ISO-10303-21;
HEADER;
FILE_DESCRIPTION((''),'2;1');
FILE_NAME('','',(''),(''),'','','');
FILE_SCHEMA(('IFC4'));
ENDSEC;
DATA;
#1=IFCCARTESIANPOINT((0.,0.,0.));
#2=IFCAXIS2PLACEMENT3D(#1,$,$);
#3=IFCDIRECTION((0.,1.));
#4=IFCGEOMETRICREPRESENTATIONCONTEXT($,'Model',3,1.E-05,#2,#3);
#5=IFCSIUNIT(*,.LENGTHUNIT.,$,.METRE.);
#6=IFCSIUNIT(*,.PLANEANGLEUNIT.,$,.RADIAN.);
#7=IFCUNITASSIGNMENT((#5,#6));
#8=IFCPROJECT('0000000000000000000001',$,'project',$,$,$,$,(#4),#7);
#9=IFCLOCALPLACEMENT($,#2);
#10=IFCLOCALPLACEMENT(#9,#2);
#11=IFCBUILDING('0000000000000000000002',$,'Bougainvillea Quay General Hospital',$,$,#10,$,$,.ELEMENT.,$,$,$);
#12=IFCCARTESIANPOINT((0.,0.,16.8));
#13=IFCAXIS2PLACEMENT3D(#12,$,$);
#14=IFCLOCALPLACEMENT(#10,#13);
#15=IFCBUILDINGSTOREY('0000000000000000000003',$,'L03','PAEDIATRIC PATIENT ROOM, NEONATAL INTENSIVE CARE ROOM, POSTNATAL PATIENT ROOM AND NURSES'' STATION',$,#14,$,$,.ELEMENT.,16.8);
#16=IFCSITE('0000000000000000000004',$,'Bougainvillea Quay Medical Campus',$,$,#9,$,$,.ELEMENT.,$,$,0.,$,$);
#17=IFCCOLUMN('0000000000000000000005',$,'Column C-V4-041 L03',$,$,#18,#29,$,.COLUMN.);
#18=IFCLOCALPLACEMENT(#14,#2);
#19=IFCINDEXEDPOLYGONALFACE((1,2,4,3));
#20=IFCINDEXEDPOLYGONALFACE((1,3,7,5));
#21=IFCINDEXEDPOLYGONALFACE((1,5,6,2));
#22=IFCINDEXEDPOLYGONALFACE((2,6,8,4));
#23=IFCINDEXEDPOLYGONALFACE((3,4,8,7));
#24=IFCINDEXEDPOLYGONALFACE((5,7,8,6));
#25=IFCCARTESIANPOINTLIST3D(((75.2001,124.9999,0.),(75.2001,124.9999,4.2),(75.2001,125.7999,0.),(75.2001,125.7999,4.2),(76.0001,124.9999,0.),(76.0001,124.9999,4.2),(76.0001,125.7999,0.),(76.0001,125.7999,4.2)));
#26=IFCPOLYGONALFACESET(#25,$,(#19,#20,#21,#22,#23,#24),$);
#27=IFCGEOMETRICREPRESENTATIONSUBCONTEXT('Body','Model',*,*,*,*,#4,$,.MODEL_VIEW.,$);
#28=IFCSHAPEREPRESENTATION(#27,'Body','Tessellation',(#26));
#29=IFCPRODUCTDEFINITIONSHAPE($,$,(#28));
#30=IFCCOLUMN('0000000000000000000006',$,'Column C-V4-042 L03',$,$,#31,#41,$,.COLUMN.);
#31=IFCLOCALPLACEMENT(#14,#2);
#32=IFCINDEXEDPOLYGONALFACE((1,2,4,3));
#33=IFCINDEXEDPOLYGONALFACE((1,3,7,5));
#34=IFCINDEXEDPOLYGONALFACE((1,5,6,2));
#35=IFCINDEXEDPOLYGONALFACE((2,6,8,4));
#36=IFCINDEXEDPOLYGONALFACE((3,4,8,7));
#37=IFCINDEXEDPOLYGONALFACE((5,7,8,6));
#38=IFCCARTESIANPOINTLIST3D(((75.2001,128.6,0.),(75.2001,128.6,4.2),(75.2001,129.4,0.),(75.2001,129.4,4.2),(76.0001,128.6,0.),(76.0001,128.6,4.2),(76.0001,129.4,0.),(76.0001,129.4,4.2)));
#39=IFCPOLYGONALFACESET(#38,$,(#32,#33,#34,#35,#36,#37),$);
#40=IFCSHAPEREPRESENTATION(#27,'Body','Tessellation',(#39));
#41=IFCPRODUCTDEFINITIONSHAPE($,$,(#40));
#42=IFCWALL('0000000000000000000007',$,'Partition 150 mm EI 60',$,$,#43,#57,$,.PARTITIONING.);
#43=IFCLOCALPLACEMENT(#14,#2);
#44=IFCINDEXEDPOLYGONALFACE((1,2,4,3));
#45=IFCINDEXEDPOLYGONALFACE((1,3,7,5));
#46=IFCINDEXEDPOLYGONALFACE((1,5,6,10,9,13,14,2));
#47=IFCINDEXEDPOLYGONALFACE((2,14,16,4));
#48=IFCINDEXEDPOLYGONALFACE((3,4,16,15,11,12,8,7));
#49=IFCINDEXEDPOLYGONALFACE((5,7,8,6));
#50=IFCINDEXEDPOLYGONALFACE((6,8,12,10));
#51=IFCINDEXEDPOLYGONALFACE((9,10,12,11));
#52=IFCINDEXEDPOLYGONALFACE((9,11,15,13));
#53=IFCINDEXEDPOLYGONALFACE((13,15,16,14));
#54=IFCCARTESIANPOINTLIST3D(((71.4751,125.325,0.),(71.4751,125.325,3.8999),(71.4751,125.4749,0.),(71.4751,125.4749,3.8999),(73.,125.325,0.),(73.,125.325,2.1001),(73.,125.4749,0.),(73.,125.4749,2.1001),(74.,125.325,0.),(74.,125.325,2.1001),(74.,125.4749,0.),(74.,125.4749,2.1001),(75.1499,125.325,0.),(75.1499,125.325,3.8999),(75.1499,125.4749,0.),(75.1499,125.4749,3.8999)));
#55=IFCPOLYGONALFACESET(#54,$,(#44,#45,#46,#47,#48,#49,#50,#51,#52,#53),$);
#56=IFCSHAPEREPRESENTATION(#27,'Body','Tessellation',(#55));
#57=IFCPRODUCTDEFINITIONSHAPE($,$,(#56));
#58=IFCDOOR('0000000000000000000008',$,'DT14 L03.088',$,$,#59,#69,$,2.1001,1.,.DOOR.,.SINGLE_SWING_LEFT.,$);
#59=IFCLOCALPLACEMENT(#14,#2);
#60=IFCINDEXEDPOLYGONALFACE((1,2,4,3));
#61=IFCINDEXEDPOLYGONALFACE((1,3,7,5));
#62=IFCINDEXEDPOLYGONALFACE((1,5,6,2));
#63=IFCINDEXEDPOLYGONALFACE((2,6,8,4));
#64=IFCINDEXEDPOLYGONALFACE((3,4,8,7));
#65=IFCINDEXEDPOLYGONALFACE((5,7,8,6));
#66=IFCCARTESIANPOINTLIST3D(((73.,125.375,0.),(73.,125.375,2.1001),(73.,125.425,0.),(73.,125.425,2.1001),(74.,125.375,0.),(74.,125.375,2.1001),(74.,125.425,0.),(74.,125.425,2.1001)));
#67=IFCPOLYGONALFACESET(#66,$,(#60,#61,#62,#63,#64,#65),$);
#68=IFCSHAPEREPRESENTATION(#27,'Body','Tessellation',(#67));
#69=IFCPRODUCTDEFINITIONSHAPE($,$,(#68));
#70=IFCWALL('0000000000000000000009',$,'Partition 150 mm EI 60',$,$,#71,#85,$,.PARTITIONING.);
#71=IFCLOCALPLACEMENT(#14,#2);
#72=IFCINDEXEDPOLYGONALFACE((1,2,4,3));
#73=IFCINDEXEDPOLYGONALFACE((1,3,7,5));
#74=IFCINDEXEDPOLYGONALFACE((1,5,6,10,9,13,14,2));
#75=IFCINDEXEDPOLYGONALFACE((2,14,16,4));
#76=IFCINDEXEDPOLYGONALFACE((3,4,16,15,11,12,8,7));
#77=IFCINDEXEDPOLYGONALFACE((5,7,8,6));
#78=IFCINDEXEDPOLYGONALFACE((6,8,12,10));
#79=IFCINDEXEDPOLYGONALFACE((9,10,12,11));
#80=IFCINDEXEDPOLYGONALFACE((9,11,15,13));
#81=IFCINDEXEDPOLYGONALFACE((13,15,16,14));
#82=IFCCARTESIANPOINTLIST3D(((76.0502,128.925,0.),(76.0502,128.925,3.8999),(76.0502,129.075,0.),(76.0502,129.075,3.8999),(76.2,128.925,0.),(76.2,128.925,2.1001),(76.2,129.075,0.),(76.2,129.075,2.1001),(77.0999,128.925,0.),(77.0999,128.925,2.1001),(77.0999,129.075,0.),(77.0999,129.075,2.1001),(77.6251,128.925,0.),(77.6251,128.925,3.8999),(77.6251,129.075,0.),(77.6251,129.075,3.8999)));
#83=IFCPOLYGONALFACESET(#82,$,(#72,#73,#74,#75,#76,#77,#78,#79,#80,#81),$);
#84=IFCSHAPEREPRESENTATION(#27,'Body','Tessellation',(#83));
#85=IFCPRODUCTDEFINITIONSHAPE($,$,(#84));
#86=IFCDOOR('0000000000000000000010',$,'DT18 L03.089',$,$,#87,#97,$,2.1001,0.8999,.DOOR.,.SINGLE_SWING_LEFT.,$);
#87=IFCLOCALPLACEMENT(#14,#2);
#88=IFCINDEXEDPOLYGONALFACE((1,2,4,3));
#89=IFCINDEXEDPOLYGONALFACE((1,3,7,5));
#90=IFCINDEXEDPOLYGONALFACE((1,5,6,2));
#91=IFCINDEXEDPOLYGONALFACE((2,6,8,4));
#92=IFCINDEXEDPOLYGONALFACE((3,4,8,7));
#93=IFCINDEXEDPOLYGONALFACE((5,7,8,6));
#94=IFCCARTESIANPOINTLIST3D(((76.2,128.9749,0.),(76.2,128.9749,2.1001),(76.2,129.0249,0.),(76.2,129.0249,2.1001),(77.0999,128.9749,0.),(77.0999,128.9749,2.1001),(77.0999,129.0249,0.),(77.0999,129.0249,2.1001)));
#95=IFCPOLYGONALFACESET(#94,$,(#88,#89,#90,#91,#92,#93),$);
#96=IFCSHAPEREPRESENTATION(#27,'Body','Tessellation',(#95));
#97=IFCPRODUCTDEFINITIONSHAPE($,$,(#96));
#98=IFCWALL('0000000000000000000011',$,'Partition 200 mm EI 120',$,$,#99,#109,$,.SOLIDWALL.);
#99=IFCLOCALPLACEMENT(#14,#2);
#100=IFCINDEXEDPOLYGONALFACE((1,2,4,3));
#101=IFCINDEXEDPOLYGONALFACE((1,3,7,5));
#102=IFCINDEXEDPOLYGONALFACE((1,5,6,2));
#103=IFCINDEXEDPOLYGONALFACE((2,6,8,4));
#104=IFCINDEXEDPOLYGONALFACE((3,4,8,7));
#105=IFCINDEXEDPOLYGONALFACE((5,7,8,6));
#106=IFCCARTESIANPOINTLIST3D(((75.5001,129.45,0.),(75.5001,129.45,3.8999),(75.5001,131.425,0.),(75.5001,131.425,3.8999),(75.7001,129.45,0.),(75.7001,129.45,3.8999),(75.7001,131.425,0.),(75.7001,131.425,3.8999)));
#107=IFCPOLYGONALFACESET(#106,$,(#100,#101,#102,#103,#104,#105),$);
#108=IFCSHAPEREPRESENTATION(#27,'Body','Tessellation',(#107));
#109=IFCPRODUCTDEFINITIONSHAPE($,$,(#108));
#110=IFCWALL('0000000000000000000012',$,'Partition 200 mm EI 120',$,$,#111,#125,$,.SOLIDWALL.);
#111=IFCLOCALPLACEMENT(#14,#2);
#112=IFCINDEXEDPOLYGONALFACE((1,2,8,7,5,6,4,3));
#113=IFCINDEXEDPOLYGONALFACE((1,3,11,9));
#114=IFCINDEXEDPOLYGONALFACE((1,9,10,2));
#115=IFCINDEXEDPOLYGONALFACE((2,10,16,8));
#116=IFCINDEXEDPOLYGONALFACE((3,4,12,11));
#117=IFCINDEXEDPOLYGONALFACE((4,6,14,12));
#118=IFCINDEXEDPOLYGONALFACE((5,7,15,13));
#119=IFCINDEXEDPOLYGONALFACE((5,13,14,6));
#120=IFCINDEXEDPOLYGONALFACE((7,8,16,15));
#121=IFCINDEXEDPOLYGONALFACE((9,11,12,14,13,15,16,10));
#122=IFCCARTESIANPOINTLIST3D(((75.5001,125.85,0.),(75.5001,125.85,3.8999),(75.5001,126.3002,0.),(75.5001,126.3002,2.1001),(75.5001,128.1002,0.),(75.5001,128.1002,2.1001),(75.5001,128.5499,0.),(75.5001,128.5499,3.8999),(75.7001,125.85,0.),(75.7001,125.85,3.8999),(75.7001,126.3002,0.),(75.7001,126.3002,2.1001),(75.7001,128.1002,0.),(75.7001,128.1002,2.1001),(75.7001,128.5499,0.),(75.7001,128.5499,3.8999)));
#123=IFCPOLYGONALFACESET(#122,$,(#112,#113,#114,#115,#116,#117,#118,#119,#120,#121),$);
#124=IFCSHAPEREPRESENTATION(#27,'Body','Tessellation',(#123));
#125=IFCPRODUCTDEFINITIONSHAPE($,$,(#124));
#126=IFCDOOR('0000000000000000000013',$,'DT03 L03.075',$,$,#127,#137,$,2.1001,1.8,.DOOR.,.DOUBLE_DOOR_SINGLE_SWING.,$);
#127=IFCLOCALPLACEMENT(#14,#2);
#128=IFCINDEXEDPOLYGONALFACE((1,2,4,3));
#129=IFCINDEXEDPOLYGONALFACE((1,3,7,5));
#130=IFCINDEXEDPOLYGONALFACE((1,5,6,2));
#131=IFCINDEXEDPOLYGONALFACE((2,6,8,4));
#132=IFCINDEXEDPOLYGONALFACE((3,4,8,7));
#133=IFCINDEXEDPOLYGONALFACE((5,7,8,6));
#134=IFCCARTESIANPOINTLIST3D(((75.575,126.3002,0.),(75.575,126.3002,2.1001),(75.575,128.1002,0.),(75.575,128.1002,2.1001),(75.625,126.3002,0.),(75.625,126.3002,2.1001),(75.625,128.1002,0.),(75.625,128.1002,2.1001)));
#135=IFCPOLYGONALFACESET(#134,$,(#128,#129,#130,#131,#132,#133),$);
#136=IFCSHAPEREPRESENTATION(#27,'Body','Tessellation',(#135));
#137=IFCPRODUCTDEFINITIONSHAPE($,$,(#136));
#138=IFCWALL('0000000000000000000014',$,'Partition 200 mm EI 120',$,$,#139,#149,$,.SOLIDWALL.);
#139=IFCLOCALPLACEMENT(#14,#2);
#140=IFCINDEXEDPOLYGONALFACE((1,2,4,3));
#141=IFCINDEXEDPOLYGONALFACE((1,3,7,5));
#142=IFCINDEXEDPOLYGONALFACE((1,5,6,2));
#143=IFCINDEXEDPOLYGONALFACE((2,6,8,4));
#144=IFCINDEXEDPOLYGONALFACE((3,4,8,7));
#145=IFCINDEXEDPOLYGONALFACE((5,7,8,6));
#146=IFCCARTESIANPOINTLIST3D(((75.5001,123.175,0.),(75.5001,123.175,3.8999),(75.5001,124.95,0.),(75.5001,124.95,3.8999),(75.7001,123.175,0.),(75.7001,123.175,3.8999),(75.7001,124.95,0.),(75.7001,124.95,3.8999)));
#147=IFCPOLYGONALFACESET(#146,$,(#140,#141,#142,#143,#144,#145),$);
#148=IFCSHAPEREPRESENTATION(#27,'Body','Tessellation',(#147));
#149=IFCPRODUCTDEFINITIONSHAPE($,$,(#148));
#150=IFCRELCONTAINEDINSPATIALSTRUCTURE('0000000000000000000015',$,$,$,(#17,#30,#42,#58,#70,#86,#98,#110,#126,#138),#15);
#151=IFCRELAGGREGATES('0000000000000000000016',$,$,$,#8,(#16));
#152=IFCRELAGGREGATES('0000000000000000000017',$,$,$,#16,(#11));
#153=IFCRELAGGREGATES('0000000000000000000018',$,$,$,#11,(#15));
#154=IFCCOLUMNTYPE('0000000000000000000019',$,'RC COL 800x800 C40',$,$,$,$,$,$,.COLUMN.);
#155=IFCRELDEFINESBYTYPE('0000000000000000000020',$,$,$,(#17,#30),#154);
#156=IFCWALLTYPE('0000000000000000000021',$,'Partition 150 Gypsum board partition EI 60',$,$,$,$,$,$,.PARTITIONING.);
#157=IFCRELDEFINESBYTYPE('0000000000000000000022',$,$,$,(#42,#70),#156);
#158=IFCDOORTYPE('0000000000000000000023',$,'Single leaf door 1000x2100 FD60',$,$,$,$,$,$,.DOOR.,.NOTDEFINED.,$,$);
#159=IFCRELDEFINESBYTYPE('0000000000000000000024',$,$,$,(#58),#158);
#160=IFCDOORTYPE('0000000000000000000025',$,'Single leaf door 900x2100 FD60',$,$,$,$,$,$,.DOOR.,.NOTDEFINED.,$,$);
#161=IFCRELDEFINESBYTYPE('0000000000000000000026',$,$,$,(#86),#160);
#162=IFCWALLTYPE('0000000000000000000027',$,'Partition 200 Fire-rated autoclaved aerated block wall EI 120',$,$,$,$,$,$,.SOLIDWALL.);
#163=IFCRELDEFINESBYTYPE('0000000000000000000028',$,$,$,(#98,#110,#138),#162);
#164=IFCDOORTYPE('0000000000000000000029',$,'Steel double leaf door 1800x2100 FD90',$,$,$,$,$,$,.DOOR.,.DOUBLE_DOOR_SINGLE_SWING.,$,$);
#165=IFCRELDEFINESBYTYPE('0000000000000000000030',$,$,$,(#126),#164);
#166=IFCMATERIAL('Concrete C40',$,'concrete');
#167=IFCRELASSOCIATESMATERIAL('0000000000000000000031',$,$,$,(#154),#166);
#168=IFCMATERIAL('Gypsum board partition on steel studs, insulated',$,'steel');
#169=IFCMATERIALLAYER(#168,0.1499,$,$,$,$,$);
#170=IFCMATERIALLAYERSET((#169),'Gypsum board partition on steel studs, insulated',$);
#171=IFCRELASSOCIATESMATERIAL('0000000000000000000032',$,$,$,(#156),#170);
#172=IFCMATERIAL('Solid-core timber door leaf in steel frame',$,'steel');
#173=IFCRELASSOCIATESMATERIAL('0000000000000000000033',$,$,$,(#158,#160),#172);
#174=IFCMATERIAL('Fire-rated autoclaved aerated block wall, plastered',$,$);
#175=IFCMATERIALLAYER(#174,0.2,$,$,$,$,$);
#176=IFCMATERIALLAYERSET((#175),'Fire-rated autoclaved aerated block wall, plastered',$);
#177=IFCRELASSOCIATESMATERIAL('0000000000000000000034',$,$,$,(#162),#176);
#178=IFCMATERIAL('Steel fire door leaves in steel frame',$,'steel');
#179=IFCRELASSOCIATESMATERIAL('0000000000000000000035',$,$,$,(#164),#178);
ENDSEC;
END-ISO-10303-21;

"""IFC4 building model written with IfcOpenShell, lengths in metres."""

from ifc_helpers import new_model, si_unit, direction, frame, frame_2d, origin, origin_2d, place, context, subcontext, project, spatial, rectangle, extrude, material, layer, layer_set, material_profile, profile_set, type_object, element, fill, save


model = new_model("IFC4")

# Units and contexts
model_context = context("Model", 3, precision=1e-05, world=origin(), true_north=direction((0.0, 1.0)))
body_context = subcontext(model_context, "Body", "Model", "MODEL_VIEW")
ifc_project = project(units=[si_unit("LENGTHUNIT", "METRE"), si_unit("PLANEANGLEUNIT", "RADIAN")], contexts=[model_context])

# Site, building, storey
site_placement = place(None, origin())
site = spatial("IfcSite", under=ifc_project, at=site_placement, Name="Bougainvillea Quay Medical Campus", CompositionType="ELEMENT", RefElevation=0.0)
building_placement = place(site_placement, origin())
building = spatial("IfcBuilding", under=site, at=building_placement, Name="Bougainvillea Quay General Hospital", CompositionType="ELEMENT")
storey_placement = place(building_placement, frame((0.0, 0.0, 16.8)))
storey = spatial("IfcBuildingStorey", under=building, at=storey_placement, Name="L03", Description="PAEDIATRIC PATIENT ROOM, NEONATAL INTENSIVE CARE ROOM, POSTNATAL PATIENT ROOM AND NURSES' STATION", CompositionType="ELEMENT", Elevation=16.8)

# Columns
ifc_material_1 = material(Name="Concrete C40", Category="concrete")
ifc_material_profile_1 = material_profile(ifc_material_1, rectangle(XDim=0.8, YDim=0.8, at=origin_2d()))
ifc_profile_set_1 = profile_set([ifc_material_profile_1], Name="Concrete C40")
column_type = type_object("IfcColumnType", Name="RC COL 800x800 C40", PredefinedType="COLUMN", material=ifc_profile_set_1)
for number, where, z_axis, x_axis, name in (
    (1, (75.6001, 125.3999, 0.0), (0.0, 0.0, 1.0), (1.0, 0.0, 0.0), "Column C-V4-041 L03"),
    (2, (75.6001, 129.0, 0.0), (0.0, 0.0, 1.0), (1.0, 0.0, 0.0), "Column C-V4-042 L03"),
):
    element("IfcColumn", number, at=place(storey_placement, frame(where, z_axis=z_axis, x_axis=x_axis)), inside=storey, type_object=column_type, Name=name, PredefinedType="COLUMN", context=body_context, shape_type="SweptSolid", body=[
        extrude(rectangle(XDim=0.8, YDim=0.8, at=origin_2d()), origin(), (0.0, 0.0, 1.0), 4.2),
    ])

# Walls, openings, doors
ifc_material_2 = material(Name="Gypsum board partition on steel studs, insulated", Category="steel")
ifc_layer_1 = layer(ifc_material_2, 0.1499)
ifc_layer_set_1 = layer_set([ifc_layer_1], Name="Gypsum board partition on steel studs, insulated")
wall_type_1 = type_object("IfcWallType", Name="Partition 150 Gypsum board partition EI 60", PredefinedType="PARTITIONING", material=ifc_layer_set_1)
wall_1_placement = place(storey_placement, frame((71.4751, 125.3999, 0.0), z_axis=(0.0, 0.0, 1.0), x_axis=(1.0, 0.0, 0.0)))
wall_1 = element("IfcWall", 3, at=wall_1_placement, inside=storey, type_object=wall_type_1, Name="Partition 150 mm EI 60", PredefinedType="PARTITIONING", context=body_context, shape_type="SweptSolid", body=[
    extrude(rectangle(XDim=3.6748, YDim=0.1499, at=frame_2d((1.8374, 0.0))), origin(), (0.0, 0.0, 1.0), 3.8999),
])
opening_1_placement = place(wall_1_placement, frame((1.5249, 0.0, 0.0)))
opening_1 = element("IfcOpeningElement", 4, at=opening_1_placement, cuts=wall_1, PredefinedType="OPENING", context=body_context, shape_type="SweptSolid", body=[
    extrude(rectangle(XDim=1.0, YDim=2.1001, at=frame_2d((0.5, 1.05))), frame((0.0, 0.085, 0.0), z_axis=(0.0, -1.0, 0.0), x_axis=(1.0, 0.0, 0.0)), (0.0, 0.0, 1.0), 0.1699),
])
ifc_material_3 = material(Name="Solid-core timber door leaf in steel frame", Category="steel")
door_type_1 = type_object("IfcDoorType", Name="Single leaf door 1000x2100 FD60", OperationType="NOTDEFINED", PredefinedType="DOOR", material=ifc_material_3)
door_1_placement = place(opening_1_placement, frame((1.0, 0.0, 0.0), z_axis=(0.0, 0.0, 1.0), x_axis=(-1.0, 0.0, 0.0)))
door_1 = element("IfcDoor", 5, at=door_1_placement, inside=storey, type_object=door_type_1, Name="DT14 L03.088", OperationType="SINGLE_SWING_LEFT", OverallHeight=2.1001, OverallWidth=1.0, PredefinedType="DOOR", context=body_context, shape_type="SweptSolid", body=[
    extrude(rectangle(XDim=1.0, YDim=2.1001, at=frame_2d((0.5, 1.05))), frame((0.0, 0.0249, 0.0), z_axis=(0.0, -1.0, 0.0), x_axis=(1.0, 0.0, 0.0)), (0.0, 0.0, 1.0), 0.05),
])
fill(opening_1, door_1)
wall_2_placement = place(storey_placement, frame((76.05, 129.0, 0.0), z_axis=(0.0, 0.0, 1.0), x_axis=(1.0, 0.0, 0.0)))
wall_2 = element("IfcWall", 6, at=wall_2_placement, inside=storey, type_object=wall_type_1, Name="Partition 150 mm EI 60", PredefinedType="PARTITIONING", context=body_context, shape_type="SweptSolid", body=[
    extrude(rectangle(XDim=1.575, YDim=0.1499, at=frame_2d((0.7876, 0.0))), origin(), (0.0, 0.0, 1.0), 3.8999),
])
opening_2_placement = place(wall_2_placement, frame((0.1499, 0.0, 0.0)))
opening_2 = element("IfcOpeningElement", 7, at=opening_2_placement, cuts=wall_2, PredefinedType="OPENING", context=body_context, shape_type="SweptSolid", body=[
    extrude(rectangle(XDim=0.8999, YDim=2.1001, at=frame_2d((0.45, 1.05))), frame((0.0, 0.085, 0.0), z_axis=(0.0, -1.0, 0.0), x_axis=(1.0, 0.0, 0.0)), (0.0, 0.0, 1.0), 0.1699),
])
door_type_2 = type_object("IfcDoorType", Name="Single leaf door 900x2100 FD60", OperationType="NOTDEFINED", PredefinedType="DOOR", material=ifc_material_3)
door_2_placement = place(opening_2_placement, origin())
door_2 = element("IfcDoor", 8, at=door_2_placement, inside=storey, type_object=door_type_2, Name="DT18 L03.089", OperationType="SINGLE_SWING_LEFT", OverallHeight=2.1001, OverallWidth=0.8999, PredefinedType="DOOR", context=body_context, shape_type="SweptSolid", body=[
    extrude(rectangle(XDim=0.8999, YDim=2.1001, at=frame_2d((0.45, 1.05))), frame((0.0, 0.0249, 0.0), z_axis=(0.0, -1.0, 0.0), x_axis=(1.0, 0.0, 0.0)), (0.0, 0.0, 1.0), 0.05),
])
fill(opening_2, door_2)

# Wall
ifc_material_4 = material(Name="Fire-rated autoclaved aerated block wall, plastered")
ifc_layer_2 = layer(ifc_material_4, 0.2)
ifc_layer_set_2 = layer_set([ifc_layer_2], Name="Fire-rated autoclaved aerated block wall, plastered")
wall_type_2 = type_object("IfcWallType", Name="Partition 200 Fire-rated autoclaved aerated block wall EI 120", PredefinedType="SOLIDWALL", material=ifc_layer_set_2)
wall_3_placement = place(storey_placement, frame((75.6001, 131.425, 0.0), z_axis=(0.0, 0.0, 1.0), x_axis=(0.0, -1.0, 0.0)))
element("IfcWall", 9, at=wall_3_placement, inside=storey, type_object=wall_type_2, Name="Partition 200 mm EI 120", PredefinedType="SOLIDWALL", context=body_context, shape_type="SweptSolid", body=[
    extrude(rectangle(XDim=1.9751, YDim=0.2, at=frame_2d((0.9875, 0.0))), origin(), (0.0, 0.0, 1.0), 3.8999),
])

# Wall, opening, door
wall_4_placement = place(storey_placement, frame((75.6001, 128.55, 0.0), z_axis=(0.0, 0.0, 1.0), x_axis=(0.0, -1.0, 0.0)))
wall_4 = element("IfcWall", 10, at=wall_4_placement, inside=storey, type_object=wall_type_2, Name="Partition 200 mm EI 120", PredefinedType="SOLIDWALL", context=body_context, shape_type="SweptSolid", body=[
    extrude(rectangle(XDim=2.7, YDim=0.2, at=frame_2d((1.3501, 0.0))), origin(), (0.0, 0.0, 1.0), 3.8999),
])
opening_3_placement = place(wall_4_placement, frame((0.45, 0.0, 0.0)))
opening_3 = element("IfcOpeningElement", 11, at=opening_3_placement, cuts=wall_4, PredefinedType="OPENING", context=body_context, shape_type="SweptSolid", body=[
    extrude(rectangle(XDim=1.8, YDim=2.1001, at=frame_2d((0.8999, 1.05))), frame((0.0, 0.1099, 0.0), z_axis=(0.0, -1.0, 0.0), x_axis=(1.0, 0.0, 0.0)), (0.0, 0.0, 1.0), 0.22),
])
ifc_material_5 = material(Name="Steel fire door leaves in steel frame", Category="steel")
door_type_3 = type_object("IfcDoorType", Name="Steel double leaf door 1800x2100 FD90", OperationType="DOUBLE_DOOR_SINGLE_SWING", PredefinedType="DOOR", material=ifc_material_5)
door_3_placement = place(opening_3_placement, origin())
door_3 = element("IfcDoor", 12, at=door_3_placement, inside=storey, type_object=door_type_3, Name="DT03 L03.075", OperationType="DOUBLE_DOOR_SINGLE_SWING", OverallHeight=2.1001, OverallWidth=1.8, PredefinedType="DOOR", context=body_context, shape_type="SweptSolid", body=[
    extrude(rectangle(XDim=1.8, YDim=2.1001, at=frame_2d((0.8999, 1.05))), frame((0.0, 0.0249, 0.0), z_axis=(0.0, -1.0, 0.0), x_axis=(1.0, 0.0, 0.0)), (0.0, 0.0, 1.0), 0.05),
])
fill(opening_3, door_3)

# Wall
wall_5_placement = place(storey_placement, frame((75.6001, 124.95, 0.0), z_axis=(0.0, 0.0, 1.0), x_axis=(0.0, -1.0, 0.0)))
element("IfcWall", 13, at=wall_5_placement, inside=storey, type_object=wall_type_2, Name="Partition 200 mm EI 120", PredefinedType="SOLIDWALL", context=body_context, shape_type="SweptSolid", body=[
    extrude(rectangle(XDim=1.7749, YDim=0.2, at=frame_2d((0.8875, 0.0))), origin(), (0.0, 0.0, 1.0), 3.8999),
])

save(model, "model.ifc")
